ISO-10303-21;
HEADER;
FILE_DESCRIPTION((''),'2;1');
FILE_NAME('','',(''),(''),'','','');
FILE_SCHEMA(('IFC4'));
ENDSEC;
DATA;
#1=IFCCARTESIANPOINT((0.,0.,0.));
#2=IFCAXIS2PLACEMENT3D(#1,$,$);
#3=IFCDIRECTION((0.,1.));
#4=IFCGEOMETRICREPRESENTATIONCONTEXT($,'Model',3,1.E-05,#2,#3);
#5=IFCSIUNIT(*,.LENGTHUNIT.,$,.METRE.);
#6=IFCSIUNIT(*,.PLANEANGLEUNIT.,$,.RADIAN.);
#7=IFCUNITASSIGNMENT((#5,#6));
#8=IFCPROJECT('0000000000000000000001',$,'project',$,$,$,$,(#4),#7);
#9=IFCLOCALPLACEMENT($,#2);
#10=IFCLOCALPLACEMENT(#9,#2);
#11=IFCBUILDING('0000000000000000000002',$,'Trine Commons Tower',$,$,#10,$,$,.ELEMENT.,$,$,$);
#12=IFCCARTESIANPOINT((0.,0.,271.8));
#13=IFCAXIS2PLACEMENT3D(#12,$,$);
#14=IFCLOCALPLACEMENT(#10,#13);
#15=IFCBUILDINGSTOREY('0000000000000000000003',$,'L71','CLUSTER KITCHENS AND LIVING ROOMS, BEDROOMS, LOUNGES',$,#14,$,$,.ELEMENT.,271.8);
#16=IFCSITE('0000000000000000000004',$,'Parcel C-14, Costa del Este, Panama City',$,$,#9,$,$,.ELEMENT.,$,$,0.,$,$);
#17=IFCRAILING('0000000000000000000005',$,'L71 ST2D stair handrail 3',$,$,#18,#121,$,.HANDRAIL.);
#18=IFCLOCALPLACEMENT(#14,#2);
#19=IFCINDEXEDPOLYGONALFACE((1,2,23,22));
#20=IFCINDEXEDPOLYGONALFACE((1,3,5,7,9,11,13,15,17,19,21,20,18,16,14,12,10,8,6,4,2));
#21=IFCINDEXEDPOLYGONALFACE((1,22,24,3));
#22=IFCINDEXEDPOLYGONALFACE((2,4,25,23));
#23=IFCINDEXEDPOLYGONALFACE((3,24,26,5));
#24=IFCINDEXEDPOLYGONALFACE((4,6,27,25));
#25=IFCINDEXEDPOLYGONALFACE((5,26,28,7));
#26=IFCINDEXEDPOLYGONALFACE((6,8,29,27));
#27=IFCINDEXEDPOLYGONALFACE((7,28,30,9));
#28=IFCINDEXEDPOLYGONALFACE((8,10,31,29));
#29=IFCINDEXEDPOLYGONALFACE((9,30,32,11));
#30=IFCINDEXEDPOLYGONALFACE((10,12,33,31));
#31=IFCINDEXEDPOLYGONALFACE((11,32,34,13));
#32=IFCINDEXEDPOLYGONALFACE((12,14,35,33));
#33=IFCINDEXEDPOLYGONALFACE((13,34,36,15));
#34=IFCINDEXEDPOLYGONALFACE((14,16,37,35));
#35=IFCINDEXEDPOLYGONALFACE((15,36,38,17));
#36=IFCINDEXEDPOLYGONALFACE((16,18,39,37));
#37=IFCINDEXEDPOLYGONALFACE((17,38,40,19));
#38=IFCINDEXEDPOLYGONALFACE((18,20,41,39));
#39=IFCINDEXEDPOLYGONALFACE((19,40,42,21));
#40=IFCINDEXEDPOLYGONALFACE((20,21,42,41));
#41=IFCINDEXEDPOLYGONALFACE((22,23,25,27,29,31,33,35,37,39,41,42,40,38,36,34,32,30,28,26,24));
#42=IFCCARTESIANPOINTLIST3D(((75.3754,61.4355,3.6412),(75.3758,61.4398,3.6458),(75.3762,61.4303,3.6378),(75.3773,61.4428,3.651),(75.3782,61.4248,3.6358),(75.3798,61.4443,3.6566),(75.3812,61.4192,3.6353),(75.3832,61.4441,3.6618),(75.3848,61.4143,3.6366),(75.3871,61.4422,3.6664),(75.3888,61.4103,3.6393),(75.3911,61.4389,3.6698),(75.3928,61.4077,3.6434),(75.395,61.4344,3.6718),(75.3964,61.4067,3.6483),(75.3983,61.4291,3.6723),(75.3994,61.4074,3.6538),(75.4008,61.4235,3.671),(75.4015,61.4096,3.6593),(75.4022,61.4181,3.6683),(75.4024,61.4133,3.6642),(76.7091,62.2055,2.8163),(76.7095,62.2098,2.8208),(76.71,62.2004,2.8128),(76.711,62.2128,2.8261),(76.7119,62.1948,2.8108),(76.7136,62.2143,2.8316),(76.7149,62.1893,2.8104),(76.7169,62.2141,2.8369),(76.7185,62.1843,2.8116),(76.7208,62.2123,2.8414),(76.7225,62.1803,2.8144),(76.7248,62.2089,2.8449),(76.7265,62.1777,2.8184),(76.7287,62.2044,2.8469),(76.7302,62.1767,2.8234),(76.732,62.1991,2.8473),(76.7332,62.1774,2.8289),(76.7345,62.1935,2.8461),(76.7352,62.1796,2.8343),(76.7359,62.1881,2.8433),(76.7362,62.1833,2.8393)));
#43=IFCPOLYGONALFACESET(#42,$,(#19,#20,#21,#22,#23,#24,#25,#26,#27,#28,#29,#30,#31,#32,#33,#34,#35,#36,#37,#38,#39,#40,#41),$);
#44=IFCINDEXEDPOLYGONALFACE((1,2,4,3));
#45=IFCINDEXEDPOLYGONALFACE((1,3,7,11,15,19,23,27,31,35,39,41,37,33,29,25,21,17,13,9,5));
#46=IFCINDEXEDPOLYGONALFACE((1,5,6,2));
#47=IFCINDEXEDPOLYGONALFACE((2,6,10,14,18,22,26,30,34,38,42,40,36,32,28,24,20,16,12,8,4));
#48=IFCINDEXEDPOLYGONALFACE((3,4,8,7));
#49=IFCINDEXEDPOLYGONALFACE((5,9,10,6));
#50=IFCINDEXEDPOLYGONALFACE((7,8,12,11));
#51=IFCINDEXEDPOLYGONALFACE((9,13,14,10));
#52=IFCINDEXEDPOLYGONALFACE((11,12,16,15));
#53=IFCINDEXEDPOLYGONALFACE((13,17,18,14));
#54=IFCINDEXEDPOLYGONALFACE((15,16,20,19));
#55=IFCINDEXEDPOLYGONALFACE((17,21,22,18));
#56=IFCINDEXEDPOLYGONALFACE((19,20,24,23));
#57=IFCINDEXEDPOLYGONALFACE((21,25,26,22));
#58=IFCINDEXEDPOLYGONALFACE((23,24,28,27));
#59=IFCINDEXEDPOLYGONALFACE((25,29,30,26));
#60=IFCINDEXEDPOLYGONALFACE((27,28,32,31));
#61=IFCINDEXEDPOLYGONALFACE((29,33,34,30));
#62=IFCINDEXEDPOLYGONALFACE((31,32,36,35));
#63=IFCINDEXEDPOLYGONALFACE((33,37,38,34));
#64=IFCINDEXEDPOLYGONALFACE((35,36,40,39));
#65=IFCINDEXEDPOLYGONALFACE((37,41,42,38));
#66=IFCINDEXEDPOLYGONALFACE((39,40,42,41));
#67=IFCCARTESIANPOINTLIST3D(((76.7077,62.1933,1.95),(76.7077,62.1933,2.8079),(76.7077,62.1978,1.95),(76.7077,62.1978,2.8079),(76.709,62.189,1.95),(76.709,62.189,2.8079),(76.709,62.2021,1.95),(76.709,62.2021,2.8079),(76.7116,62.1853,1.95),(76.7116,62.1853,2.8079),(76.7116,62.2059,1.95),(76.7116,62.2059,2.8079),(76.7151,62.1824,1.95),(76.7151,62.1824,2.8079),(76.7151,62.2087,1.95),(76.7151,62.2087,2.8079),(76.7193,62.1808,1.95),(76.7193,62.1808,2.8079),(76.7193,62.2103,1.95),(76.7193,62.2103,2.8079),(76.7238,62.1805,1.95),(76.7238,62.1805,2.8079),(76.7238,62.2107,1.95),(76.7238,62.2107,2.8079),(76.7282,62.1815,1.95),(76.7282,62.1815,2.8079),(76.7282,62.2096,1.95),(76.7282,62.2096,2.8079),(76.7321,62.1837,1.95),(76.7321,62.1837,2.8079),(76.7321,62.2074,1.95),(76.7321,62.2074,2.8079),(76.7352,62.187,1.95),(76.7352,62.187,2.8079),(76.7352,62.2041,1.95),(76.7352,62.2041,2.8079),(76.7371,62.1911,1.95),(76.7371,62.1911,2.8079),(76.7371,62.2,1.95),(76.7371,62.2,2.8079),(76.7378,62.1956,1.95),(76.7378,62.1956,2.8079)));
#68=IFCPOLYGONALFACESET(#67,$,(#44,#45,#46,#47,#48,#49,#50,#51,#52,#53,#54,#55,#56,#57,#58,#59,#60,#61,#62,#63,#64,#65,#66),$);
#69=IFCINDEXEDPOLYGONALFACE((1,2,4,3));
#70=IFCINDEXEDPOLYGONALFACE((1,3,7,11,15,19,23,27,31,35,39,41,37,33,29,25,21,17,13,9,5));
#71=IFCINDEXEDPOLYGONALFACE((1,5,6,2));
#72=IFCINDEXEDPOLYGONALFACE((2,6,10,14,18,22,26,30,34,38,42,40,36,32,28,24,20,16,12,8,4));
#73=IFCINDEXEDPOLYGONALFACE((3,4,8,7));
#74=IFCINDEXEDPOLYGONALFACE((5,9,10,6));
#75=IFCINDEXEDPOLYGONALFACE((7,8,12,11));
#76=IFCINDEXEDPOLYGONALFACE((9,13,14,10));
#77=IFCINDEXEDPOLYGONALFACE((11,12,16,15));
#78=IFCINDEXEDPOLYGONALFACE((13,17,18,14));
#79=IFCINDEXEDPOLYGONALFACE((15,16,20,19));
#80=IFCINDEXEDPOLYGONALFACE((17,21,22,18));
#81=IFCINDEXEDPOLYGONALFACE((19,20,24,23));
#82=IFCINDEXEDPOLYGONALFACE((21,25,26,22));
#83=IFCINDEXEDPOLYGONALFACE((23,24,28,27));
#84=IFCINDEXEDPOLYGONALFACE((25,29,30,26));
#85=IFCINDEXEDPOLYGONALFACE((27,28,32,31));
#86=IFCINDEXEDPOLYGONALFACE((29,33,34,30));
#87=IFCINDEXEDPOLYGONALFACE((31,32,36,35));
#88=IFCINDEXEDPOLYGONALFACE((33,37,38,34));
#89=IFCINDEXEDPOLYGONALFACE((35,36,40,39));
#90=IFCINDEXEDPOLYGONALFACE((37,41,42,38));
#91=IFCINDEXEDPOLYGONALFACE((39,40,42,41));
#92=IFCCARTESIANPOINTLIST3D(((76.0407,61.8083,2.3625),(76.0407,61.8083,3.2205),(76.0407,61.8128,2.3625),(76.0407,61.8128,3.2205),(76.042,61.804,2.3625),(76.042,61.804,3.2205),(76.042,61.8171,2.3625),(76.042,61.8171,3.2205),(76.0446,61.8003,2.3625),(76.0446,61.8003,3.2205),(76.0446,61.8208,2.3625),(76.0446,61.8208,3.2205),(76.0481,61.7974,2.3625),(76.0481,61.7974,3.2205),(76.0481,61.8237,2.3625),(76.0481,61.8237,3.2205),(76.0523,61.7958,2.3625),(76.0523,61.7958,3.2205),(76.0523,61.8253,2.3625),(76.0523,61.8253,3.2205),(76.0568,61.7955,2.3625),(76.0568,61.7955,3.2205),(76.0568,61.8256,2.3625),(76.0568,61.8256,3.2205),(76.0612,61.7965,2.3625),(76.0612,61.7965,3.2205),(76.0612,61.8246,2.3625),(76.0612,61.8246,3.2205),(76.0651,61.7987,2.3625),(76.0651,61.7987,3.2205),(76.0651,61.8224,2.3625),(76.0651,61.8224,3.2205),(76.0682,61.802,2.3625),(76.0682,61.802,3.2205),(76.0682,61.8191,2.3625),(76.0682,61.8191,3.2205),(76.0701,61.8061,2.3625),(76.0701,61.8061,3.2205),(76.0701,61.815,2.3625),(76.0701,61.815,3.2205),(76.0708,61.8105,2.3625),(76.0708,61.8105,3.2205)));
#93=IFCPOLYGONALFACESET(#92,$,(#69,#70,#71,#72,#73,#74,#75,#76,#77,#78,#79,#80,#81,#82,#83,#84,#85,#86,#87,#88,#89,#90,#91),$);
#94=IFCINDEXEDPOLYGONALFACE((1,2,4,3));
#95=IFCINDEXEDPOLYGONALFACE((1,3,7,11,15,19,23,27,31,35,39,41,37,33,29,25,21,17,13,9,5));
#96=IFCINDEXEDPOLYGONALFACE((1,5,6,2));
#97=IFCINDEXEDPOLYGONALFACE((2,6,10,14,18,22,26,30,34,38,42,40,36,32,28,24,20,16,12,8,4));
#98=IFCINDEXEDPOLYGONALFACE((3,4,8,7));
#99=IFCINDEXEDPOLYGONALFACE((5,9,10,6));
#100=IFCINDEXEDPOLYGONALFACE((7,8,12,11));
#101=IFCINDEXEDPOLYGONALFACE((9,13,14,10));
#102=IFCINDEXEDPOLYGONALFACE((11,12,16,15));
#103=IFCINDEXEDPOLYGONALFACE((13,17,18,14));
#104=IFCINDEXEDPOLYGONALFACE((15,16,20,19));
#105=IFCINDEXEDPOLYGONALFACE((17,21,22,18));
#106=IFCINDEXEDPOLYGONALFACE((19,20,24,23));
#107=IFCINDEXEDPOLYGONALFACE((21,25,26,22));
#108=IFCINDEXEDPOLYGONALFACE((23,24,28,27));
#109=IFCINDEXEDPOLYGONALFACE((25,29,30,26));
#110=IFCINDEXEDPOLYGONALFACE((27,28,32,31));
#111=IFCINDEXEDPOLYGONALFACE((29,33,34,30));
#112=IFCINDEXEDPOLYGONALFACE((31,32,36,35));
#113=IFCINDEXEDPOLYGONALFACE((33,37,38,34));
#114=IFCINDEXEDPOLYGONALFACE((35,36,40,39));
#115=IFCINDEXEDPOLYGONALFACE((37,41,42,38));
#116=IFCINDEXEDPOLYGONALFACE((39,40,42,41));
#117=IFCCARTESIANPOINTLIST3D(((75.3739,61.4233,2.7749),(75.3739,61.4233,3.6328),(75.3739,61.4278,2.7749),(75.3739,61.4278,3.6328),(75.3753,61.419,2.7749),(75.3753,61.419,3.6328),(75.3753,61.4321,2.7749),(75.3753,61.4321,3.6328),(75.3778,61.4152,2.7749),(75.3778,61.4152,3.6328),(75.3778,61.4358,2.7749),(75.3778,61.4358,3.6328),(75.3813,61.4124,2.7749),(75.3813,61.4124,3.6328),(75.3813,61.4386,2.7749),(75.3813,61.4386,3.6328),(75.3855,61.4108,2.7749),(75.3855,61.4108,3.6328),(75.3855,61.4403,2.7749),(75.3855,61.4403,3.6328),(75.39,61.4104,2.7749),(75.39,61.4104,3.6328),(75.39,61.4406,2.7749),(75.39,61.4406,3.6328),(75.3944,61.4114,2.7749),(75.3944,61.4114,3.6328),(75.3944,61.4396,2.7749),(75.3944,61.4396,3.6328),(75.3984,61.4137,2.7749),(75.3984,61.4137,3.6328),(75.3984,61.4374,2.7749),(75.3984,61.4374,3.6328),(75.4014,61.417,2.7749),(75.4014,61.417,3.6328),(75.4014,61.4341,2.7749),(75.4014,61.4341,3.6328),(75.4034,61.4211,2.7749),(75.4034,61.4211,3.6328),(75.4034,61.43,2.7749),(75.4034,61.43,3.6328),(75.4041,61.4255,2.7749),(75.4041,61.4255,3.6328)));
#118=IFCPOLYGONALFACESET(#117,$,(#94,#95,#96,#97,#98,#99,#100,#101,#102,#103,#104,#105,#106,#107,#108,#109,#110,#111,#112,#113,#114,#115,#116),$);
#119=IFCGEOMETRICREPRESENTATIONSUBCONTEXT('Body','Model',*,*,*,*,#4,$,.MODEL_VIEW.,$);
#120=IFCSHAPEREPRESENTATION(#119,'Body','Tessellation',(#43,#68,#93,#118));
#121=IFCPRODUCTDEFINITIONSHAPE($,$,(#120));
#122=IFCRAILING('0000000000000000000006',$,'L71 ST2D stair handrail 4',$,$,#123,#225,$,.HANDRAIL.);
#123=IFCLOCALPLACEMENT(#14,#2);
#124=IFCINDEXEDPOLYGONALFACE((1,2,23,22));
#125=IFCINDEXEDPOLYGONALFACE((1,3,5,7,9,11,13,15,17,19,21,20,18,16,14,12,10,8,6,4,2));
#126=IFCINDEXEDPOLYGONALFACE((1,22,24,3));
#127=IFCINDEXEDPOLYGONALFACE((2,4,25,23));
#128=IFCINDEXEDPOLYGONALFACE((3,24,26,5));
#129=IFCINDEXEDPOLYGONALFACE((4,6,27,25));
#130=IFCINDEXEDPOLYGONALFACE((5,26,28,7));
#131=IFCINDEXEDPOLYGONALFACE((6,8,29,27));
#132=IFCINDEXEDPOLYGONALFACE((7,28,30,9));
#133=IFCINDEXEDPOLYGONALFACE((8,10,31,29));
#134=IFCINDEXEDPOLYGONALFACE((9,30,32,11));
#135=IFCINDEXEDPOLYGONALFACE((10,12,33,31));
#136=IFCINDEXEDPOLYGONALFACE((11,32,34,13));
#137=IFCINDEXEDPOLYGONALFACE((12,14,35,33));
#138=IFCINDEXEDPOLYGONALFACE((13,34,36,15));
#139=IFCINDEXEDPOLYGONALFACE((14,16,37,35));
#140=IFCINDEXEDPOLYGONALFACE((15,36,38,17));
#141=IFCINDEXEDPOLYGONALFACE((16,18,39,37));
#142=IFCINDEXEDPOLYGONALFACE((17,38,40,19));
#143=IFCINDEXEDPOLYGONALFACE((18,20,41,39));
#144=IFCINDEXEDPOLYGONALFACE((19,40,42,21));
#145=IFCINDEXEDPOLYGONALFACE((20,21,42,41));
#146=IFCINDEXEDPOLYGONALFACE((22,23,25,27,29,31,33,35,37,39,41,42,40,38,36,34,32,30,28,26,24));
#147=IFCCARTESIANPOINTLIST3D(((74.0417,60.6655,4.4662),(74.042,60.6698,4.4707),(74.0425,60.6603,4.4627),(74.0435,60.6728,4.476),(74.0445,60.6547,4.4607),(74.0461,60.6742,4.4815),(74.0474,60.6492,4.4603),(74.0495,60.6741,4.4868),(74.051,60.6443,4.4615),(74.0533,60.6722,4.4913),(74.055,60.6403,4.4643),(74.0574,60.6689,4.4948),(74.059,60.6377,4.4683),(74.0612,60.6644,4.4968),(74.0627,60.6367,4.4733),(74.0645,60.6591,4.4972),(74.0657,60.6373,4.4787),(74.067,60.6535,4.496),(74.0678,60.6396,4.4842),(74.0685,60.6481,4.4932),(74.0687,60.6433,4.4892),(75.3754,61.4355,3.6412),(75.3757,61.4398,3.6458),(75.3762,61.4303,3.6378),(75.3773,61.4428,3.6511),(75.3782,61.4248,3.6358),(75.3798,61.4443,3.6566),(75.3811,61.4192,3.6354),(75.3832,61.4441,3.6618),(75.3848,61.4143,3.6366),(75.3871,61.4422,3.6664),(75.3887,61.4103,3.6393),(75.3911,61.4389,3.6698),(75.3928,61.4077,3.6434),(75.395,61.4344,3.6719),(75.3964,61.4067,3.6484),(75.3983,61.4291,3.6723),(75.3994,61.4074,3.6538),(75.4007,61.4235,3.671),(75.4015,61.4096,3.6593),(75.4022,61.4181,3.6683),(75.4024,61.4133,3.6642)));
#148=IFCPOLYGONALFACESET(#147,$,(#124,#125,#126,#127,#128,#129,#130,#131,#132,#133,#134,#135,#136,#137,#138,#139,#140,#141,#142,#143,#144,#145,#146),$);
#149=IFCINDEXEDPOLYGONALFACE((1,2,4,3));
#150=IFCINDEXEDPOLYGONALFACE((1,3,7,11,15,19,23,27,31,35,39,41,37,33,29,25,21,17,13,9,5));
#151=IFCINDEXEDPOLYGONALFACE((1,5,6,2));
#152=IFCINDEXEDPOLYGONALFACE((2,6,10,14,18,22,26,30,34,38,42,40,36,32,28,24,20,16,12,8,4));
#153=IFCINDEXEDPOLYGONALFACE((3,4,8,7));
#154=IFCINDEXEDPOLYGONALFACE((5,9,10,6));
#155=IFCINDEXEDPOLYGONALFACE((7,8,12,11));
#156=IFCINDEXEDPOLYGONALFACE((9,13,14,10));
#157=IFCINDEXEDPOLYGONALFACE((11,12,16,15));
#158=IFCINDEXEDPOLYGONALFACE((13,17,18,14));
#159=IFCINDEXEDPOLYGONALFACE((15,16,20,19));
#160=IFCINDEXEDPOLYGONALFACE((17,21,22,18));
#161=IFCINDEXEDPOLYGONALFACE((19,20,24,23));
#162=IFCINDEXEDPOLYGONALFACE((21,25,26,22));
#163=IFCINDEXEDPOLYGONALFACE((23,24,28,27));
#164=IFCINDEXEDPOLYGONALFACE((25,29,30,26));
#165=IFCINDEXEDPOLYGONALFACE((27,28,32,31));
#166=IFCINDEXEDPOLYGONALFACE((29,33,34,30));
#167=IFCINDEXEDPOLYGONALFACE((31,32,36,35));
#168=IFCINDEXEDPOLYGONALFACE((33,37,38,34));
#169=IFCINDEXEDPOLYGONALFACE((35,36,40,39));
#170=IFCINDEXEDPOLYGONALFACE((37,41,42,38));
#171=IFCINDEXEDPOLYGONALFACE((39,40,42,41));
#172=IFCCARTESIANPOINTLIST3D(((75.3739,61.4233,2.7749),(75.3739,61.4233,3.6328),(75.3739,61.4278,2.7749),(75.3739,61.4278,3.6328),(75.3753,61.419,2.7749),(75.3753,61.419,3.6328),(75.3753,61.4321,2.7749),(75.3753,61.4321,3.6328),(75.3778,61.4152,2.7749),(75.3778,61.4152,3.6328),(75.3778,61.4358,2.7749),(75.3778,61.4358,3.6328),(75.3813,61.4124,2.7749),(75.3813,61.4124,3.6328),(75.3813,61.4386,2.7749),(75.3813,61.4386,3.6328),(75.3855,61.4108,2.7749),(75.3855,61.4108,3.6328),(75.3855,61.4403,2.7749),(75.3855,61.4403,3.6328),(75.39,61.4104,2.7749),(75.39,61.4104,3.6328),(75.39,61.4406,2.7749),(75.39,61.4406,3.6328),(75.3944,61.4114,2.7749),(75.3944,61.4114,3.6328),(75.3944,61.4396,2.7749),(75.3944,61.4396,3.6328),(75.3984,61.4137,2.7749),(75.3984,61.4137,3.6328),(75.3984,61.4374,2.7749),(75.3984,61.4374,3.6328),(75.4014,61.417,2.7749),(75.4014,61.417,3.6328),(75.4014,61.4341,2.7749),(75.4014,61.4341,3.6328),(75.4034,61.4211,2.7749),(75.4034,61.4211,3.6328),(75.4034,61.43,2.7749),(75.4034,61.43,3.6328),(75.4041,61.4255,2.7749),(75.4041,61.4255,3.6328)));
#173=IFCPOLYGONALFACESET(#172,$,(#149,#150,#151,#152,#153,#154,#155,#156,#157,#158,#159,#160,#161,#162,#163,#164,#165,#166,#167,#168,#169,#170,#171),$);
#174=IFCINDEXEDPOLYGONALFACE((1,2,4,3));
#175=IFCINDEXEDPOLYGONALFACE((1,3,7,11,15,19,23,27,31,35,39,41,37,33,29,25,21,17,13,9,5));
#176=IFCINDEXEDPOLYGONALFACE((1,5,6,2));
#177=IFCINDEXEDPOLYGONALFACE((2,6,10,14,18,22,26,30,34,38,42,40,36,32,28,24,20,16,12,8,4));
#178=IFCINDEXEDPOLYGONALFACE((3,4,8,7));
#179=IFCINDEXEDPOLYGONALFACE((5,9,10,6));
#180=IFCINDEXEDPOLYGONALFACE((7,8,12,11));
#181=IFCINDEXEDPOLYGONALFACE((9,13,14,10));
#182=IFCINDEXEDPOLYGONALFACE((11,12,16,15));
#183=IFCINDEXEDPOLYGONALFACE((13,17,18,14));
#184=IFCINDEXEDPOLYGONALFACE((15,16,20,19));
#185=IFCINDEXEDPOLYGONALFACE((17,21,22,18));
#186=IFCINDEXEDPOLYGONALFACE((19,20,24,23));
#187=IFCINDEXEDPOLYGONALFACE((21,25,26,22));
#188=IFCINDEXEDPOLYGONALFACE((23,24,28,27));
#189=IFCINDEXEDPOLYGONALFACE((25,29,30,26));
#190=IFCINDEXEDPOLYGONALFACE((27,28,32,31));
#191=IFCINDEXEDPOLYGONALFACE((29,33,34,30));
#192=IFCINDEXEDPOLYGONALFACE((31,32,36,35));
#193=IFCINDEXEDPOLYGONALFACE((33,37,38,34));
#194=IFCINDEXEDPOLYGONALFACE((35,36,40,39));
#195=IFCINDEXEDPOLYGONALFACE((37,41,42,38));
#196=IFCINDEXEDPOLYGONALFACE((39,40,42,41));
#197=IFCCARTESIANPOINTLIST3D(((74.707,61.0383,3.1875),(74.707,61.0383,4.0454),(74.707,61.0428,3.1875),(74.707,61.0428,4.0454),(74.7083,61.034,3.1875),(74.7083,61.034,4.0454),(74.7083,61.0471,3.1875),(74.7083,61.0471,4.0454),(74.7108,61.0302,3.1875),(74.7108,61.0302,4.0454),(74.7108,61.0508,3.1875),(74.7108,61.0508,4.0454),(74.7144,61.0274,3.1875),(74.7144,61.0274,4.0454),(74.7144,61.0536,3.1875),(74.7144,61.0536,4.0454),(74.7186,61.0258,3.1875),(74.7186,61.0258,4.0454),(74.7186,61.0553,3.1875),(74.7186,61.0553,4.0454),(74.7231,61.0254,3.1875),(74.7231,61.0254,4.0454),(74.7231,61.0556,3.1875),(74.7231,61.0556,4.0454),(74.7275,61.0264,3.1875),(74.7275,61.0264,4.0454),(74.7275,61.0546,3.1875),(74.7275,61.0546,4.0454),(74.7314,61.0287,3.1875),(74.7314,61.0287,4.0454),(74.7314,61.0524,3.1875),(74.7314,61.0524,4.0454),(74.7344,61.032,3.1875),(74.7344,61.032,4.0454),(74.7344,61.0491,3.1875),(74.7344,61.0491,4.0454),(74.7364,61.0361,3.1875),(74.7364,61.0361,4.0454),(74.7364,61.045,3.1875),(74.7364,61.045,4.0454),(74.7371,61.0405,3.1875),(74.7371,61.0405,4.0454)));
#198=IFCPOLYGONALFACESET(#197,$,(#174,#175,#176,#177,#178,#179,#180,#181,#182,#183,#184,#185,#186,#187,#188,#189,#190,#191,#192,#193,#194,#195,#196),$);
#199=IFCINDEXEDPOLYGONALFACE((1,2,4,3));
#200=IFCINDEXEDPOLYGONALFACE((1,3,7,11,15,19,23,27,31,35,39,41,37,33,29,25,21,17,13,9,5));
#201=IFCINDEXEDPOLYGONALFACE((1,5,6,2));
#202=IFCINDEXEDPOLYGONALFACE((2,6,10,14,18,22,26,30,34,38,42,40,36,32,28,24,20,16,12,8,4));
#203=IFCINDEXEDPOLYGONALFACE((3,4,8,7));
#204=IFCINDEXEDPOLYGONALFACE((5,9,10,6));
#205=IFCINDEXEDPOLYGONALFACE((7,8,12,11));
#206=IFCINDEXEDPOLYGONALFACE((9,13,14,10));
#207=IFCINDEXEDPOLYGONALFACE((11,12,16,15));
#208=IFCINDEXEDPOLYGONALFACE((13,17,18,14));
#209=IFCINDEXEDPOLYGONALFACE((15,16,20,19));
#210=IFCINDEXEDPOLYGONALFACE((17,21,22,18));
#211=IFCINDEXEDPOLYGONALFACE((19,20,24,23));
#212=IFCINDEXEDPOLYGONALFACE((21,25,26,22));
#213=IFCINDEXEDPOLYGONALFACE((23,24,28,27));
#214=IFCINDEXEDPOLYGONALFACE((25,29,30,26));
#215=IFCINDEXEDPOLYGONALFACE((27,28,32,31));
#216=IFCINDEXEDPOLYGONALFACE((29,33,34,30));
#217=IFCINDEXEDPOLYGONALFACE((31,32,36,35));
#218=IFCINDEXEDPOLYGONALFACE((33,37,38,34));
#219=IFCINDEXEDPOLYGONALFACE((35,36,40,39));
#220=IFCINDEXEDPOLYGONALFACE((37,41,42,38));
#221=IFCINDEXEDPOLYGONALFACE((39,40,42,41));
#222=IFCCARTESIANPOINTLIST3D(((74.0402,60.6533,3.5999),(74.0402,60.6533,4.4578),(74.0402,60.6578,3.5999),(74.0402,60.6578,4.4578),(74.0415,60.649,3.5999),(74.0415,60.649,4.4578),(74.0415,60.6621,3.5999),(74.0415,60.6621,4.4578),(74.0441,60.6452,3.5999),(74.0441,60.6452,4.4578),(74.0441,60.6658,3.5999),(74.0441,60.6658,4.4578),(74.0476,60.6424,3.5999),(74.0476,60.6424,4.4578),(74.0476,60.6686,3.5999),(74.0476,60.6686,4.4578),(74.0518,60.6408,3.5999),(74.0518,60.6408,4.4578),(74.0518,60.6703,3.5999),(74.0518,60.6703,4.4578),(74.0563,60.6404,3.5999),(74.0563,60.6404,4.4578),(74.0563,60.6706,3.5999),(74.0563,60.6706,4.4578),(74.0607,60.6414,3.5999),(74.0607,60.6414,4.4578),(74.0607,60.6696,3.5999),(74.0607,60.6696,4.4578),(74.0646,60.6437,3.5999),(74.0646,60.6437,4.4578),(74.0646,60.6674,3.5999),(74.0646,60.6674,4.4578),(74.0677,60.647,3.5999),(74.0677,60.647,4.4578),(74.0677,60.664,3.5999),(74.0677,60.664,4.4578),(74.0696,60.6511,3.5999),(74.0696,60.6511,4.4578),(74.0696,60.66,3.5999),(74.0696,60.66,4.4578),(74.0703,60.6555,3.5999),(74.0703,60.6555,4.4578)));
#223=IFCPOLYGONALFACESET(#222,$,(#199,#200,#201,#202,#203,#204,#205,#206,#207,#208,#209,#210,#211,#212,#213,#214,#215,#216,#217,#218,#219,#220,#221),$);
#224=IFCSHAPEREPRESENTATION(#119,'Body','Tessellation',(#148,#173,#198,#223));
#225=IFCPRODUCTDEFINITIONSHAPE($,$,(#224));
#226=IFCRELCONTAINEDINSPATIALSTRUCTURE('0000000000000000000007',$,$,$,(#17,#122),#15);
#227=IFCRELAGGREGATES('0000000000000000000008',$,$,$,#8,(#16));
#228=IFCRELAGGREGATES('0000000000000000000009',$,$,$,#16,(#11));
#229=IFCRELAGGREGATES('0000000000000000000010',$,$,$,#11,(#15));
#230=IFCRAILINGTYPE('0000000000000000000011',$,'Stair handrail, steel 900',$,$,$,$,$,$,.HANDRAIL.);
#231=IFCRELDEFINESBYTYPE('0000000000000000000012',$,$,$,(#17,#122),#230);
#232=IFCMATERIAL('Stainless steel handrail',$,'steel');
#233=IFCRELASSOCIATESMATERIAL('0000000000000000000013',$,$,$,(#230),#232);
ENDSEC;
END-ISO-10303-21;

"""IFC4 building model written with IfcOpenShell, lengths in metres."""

from ifc_helpers import new_model, si_unit, direction, frame, origin, origin_2d, place, context, subcontext, project, spatial, circle, extrude, material, type_object, element, save


model = new_model("IFC4")

# Units and contexts
model_context = context("Model", 3, precision=1e-05, world=origin(), true_north=direction((0.0, 1.0)))
body_context = subcontext(model_context, "Body", "Model", "MODEL_VIEW")
ifc_project = project(units=[si_unit("LENGTHUNIT", "METRE"), si_unit("PLANEANGLEUNIT", "RADIAN")], contexts=[model_context])

# Site, building, storey
site_placement = place(None, origin())
site = spatial("IfcSite", under=ifc_project, at=site_placement, Name="Parcel C-14, Costa del Este, Panama City", CompositionType="ELEMENT", RefElevation=0.0)
building_placement = place(site_placement, origin())
building = spatial("IfcBuilding", under=site, at=building_placement, Name="Trine Commons Tower", CompositionType="ELEMENT")
storey_placement = place(building_placement, frame((0.0, 0.0, 271.8)))
storey = spatial("IfcBuildingStorey", under=building, at=storey_placement, Name="L71", Description="CLUSTER KITCHENS AND LIVING ROOMS, BEDROOMS, LOUNGES", CompositionType="ELEMENT", Elevation=271.8)

# Railings
ifc_material_1 = material(Name="Stainless steel handrail", Category="steel")
railing_type_1 = type_object("IfcRailingType", Name="Stair handrail, steel 900", PredefinedType="HANDRAIL", material=ifc_material_1)
for number, where, name in (
    (1, (76.7227, 62.1956, 1.95), "L71 ST2D stair handrail 3"),
    (2, (75.3889, 61.4255, 2.7749), "L71 ST2D stair handrail 4"),
):
    element("IfcRailing", number, at=place(storey_placement, frame(where)), inside=storey, type_object=railing_type_1, Name=name, PredefinedType="HANDRAIL", context=body_context, shape_type="SweptSolid", body=[
        extrude(circle(Radius=0.021, at=origin_2d()), frame((0.0, 0.0, 0.8789), z_axis=(-0.763405, -0.440743, 0.472185), x_axis=(0.499992, -0.86603, 0.0)), (0.0, 0.0, 1.0), 1.7471),
        extrude(circle(Radius=0.0151, at=origin_2d()), origin(), (0.0, 0.0, 1.0), 0.8579),
        extrude(circle(Radius=0.0151, at=origin_2d()), frame((-0.667, -0.385, 0.4126)), (0.0, 0.0, 1.0), 0.8579),
        extrude(circle(Radius=0.0151, at=origin_2d()), frame((-1.3337, -0.77, 0.825)), (0.0, 0.0, 1.0), 0.8579),
    ])

save(model, "model.ifc")
